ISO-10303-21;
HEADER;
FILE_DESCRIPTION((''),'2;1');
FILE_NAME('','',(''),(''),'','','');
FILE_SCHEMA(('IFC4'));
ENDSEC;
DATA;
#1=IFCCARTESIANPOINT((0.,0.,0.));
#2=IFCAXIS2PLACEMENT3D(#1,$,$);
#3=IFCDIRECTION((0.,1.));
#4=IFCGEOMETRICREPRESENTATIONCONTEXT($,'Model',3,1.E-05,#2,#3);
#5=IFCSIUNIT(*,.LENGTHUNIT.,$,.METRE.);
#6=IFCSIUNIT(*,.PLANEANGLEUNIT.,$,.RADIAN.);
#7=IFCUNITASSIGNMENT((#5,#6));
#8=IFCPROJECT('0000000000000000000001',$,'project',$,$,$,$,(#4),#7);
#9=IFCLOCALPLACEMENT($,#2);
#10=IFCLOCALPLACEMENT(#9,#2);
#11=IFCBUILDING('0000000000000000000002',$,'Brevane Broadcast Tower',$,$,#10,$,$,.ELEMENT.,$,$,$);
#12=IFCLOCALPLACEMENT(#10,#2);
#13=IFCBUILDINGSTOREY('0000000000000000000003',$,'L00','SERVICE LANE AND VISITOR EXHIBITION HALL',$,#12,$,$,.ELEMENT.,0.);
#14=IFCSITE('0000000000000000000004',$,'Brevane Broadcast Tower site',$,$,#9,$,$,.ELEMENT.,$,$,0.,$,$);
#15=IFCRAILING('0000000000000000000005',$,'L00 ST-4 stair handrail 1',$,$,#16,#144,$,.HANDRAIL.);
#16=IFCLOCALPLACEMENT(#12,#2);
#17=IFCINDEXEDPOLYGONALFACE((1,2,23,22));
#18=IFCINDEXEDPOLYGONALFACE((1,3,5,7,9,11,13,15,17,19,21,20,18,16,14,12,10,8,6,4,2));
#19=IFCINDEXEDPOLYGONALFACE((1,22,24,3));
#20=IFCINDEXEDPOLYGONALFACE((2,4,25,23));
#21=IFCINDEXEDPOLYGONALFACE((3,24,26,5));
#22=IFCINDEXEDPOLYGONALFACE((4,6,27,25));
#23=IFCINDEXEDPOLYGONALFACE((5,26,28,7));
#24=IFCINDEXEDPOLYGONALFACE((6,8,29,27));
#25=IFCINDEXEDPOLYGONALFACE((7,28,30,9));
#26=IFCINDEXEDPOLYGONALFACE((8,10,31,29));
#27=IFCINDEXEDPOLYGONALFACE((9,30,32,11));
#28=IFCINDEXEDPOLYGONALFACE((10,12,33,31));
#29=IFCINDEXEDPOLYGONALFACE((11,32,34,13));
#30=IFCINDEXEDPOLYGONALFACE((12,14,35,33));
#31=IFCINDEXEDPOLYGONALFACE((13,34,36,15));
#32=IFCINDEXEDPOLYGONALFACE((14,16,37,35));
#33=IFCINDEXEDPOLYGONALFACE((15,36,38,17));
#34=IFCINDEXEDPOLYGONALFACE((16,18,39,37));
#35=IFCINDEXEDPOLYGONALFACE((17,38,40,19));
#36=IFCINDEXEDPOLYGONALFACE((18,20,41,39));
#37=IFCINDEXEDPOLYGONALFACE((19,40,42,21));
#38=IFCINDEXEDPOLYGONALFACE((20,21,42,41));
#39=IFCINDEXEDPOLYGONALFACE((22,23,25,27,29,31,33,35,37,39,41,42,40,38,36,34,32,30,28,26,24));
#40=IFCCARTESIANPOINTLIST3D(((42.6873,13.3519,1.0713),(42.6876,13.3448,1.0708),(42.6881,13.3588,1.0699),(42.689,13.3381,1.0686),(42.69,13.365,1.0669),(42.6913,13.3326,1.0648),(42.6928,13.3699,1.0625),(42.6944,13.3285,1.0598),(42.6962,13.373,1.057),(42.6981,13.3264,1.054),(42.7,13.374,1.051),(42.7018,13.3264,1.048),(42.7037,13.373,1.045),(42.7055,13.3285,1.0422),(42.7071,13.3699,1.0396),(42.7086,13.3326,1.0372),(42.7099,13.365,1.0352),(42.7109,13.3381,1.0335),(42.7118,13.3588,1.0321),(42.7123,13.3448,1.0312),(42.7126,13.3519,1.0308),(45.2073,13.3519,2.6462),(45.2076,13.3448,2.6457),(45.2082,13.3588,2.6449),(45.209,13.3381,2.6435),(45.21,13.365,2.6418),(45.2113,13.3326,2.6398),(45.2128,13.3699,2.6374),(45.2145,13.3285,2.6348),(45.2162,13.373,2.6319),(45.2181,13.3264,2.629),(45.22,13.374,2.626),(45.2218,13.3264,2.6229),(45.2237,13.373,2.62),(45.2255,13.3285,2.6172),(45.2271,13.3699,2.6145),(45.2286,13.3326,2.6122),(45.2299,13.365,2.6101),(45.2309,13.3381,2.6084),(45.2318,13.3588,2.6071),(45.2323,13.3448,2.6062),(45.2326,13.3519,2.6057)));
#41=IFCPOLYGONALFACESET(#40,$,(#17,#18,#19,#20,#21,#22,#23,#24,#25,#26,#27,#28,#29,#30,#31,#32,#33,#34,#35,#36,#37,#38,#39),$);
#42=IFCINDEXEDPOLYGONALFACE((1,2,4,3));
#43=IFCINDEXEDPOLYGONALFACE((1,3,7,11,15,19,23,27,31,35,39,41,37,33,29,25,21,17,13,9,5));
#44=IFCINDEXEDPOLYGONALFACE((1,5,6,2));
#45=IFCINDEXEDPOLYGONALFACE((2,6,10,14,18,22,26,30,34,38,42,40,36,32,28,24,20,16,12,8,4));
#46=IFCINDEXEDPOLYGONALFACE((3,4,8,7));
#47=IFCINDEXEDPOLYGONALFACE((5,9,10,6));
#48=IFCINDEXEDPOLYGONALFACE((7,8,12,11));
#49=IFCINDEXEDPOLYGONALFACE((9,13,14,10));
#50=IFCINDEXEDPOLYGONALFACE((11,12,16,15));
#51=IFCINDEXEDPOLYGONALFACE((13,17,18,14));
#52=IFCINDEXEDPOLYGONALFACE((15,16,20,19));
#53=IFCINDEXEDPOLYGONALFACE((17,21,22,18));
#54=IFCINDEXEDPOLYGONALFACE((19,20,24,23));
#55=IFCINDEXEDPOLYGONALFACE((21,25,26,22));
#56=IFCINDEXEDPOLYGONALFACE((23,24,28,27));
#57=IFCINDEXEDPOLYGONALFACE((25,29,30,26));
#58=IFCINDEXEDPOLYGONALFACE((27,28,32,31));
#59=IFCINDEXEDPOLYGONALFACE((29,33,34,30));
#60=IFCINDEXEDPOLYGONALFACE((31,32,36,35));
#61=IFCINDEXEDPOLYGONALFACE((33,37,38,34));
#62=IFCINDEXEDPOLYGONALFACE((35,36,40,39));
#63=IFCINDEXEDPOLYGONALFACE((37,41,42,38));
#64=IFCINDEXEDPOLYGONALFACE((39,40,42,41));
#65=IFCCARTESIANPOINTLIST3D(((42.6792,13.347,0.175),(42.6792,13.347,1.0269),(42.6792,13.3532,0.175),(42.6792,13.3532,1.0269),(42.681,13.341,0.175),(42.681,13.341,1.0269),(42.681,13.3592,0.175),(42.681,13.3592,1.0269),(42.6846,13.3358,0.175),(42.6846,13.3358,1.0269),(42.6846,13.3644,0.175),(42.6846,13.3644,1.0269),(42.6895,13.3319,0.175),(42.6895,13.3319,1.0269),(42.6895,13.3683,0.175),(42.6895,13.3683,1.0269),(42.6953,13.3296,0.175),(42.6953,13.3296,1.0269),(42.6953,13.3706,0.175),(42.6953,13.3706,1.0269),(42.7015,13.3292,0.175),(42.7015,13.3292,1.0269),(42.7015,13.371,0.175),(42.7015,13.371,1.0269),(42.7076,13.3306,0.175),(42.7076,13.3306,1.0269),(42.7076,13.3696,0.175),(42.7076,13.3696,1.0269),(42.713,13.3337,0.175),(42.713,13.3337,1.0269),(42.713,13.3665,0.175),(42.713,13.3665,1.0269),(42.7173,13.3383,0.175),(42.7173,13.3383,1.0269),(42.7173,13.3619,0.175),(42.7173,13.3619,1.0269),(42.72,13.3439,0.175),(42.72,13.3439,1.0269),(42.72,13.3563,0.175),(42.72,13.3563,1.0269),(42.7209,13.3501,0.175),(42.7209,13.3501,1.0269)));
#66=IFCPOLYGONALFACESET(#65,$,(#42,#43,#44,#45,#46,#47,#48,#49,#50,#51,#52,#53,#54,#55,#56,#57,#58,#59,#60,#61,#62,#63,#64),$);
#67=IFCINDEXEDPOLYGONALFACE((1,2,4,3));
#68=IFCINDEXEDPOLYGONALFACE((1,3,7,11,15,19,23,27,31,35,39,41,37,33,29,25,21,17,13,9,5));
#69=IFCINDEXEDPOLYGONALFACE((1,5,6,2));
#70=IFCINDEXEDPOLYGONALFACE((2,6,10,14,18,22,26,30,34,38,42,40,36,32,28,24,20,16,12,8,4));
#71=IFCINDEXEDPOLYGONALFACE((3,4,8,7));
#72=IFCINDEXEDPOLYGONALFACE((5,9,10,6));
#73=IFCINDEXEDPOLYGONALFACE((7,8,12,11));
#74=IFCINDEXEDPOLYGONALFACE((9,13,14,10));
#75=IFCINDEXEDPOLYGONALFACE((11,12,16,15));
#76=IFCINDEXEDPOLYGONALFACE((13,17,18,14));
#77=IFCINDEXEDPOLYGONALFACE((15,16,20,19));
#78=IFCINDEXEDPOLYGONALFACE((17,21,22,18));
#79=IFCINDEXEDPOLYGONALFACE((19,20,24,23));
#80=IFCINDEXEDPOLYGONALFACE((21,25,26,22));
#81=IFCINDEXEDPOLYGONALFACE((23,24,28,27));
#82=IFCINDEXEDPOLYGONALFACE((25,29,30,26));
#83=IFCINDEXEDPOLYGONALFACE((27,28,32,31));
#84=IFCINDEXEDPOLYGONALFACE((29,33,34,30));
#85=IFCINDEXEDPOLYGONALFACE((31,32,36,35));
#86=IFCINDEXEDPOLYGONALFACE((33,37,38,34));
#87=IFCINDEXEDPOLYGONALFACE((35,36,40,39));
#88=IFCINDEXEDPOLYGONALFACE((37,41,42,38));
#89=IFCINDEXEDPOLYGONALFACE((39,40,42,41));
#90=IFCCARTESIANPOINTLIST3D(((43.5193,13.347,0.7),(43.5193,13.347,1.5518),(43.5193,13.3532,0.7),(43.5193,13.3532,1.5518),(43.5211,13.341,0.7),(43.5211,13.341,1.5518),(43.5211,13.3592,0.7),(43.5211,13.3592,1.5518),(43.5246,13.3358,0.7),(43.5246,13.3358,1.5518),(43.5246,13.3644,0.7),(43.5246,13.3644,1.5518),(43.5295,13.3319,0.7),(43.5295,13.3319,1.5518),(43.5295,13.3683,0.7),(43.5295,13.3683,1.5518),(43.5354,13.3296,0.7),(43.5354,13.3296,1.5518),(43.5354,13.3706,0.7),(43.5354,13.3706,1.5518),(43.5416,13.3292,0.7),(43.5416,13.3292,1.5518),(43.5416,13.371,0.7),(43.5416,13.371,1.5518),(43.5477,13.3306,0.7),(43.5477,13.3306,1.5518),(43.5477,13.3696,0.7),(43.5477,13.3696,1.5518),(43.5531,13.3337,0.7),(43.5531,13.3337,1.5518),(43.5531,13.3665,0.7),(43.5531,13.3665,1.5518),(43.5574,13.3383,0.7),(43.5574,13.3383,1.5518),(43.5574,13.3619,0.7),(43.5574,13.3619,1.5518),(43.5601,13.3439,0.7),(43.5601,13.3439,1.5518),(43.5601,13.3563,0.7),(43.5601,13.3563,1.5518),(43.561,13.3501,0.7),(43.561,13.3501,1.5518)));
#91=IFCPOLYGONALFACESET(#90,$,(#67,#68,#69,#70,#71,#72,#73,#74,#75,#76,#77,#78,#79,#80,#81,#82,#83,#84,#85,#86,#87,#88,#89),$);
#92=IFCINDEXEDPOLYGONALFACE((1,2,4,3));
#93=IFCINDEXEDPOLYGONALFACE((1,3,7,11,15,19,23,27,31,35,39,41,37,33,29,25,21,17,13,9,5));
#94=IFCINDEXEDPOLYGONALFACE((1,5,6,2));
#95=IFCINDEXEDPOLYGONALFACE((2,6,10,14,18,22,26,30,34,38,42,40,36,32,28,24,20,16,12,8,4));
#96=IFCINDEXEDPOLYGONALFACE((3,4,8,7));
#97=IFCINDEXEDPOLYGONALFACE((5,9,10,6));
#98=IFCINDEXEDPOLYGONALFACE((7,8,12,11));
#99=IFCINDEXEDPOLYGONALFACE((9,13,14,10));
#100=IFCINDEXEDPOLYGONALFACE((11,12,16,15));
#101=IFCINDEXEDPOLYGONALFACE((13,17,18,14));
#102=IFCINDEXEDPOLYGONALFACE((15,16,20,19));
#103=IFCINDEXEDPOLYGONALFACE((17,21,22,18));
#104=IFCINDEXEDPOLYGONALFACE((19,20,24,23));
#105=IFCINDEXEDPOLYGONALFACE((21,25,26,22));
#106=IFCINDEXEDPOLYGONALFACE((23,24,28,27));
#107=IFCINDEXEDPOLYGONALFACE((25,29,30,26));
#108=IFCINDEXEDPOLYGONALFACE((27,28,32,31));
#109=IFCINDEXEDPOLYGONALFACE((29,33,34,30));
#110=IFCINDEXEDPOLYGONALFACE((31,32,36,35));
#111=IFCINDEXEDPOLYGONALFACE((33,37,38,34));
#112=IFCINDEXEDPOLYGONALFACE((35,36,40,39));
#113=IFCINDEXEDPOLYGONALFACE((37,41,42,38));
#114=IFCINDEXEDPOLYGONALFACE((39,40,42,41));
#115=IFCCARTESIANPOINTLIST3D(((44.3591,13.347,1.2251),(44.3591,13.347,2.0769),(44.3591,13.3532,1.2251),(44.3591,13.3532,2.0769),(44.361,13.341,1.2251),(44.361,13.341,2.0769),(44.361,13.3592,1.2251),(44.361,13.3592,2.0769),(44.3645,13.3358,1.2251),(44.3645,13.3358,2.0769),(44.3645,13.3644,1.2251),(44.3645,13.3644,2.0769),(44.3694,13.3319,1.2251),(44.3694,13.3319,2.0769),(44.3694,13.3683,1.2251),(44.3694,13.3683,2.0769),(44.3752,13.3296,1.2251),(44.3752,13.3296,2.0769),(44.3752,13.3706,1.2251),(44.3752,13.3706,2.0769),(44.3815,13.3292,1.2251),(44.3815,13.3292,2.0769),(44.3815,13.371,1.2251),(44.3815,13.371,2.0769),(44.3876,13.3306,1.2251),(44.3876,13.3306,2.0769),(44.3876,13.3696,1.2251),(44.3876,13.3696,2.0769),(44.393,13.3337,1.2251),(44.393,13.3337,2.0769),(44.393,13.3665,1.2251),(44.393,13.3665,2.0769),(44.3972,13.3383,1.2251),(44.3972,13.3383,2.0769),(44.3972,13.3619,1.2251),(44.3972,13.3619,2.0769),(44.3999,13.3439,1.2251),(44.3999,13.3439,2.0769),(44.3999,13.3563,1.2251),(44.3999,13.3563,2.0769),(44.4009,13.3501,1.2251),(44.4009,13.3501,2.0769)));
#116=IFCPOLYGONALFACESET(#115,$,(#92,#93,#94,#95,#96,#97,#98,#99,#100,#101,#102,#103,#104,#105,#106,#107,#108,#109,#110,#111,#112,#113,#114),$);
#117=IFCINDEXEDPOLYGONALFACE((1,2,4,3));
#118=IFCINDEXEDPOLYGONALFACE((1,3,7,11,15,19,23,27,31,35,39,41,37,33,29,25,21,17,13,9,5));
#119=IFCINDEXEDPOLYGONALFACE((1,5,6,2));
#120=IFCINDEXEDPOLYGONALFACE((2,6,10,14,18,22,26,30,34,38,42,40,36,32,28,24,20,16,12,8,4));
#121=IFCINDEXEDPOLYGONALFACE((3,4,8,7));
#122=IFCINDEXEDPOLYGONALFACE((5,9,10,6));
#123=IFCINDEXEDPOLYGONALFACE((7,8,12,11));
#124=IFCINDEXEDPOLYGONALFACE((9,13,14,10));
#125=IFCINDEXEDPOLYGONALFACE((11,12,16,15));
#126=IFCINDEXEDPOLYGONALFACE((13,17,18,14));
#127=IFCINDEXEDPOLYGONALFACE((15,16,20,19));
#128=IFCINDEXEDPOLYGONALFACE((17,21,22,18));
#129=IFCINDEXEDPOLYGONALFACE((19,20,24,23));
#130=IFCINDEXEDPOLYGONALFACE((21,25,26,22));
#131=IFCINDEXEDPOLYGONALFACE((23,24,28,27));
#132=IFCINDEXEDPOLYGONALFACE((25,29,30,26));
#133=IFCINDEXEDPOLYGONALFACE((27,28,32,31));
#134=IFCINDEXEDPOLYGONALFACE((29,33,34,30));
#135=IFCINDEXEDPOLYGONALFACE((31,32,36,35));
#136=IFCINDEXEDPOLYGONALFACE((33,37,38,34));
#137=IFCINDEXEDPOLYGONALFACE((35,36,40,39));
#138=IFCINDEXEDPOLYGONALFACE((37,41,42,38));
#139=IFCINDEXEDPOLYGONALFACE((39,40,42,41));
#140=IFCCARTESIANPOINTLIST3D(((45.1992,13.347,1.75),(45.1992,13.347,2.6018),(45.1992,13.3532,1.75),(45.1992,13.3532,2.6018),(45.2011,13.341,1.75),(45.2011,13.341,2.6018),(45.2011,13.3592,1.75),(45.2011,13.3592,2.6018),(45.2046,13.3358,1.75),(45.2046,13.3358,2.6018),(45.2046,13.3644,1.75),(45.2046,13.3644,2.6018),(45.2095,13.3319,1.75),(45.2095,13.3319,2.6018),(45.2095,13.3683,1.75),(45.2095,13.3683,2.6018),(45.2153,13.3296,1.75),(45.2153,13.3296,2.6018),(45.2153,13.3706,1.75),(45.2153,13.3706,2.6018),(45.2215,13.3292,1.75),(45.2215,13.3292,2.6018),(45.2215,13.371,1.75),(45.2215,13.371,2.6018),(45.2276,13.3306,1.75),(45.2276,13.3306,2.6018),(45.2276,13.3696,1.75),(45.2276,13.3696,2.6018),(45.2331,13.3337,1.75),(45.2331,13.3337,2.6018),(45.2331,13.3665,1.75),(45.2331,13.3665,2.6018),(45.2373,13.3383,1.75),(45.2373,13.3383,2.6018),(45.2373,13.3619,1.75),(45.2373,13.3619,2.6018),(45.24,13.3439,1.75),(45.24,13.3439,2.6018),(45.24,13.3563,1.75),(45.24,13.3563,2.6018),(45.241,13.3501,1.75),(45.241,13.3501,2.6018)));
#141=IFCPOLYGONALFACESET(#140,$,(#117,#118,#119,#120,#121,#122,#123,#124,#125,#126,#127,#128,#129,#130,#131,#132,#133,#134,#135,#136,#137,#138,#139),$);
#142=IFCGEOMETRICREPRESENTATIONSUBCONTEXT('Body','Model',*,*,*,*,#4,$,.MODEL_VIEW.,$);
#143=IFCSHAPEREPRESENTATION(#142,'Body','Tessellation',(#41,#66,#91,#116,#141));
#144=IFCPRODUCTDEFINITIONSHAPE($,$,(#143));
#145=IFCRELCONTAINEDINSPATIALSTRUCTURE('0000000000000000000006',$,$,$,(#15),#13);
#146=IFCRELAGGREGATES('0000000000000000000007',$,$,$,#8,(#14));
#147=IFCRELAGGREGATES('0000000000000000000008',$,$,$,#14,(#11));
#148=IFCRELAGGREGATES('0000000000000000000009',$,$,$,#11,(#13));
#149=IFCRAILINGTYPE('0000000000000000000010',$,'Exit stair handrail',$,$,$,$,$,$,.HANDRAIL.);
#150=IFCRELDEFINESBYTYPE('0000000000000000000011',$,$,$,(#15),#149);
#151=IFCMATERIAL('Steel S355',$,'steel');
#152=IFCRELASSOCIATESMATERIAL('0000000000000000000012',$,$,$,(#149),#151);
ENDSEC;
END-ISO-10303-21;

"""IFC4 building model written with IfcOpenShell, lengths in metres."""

from ifc_helpers import new_model, si_unit, direction, frame, origin, origin_2d, place, context, subcontext, project, spatial, circle, extrude, material, type_object, element, save


model = new_model("IFC4")

# Units and contexts
model_context = context("Model", 3, precision=1e-05, world=origin(), true_north=direction((0.0, 1.0)))
body_context = subcontext(model_context, "Body", "Model", "MODEL_VIEW")
ifc_project = project(units=[si_unit("LENGTHUNIT", "METRE"), si_unit("PLANEANGLEUNIT", "RADIAN")], contexts=[model_context])

# Site, building, storey
site_placement = place(None, origin())
site = spatial("IfcSite", under=ifc_project, at=site_placement, Name="Brevane Broadcast Tower site", CompositionType="ELEMENT", RefElevation=0.0)
building_placement = place(site_placement, origin())
building = spatial("IfcBuilding", under=site, at=building_placement, Name="Brevane Broadcast Tower", CompositionType="ELEMENT")
storey_placement = place(building_placement, origin())
storey = spatial("IfcBuildingStorey", under=building, at=storey_placement, Name="L00", Description="SERVICE LANE AND VISITOR EXHIBITION HALL", CompositionType="ELEMENT", Elevation=0.0)

# Railing
ifc_material_1 = material(Name="Steel S355", Category="steel")
railing_type_1 = type_object("IfcRailingType", Name="Exit stair handrail", PredefinedType="HANDRAIL", material=ifc_material_1)
for number, where, name in (
    (1, (42.7, 13.3501, 0.175), "L00 ST-4 stair handrail 1"),
):
    element("IfcRailing", number, at=place(storey_placement, frame(where)), inside=storey, type_object=railing_type_1, Name=name, PredefinedType="HANDRAIL", context=body_context, shape_type="SweptSolid", body=[
        extrude(circle(Radius=0.0239, at=origin_2d()), frame((0.0, 0.0, 0.876), z_axis=(0.848008, 0.0, 0.529984), x_axis=(0.0, 1.0, 0.0)), (0.0, 0.0, 1.0), 2.9717),
        extrude(circle(Radius=0.021, at=origin_2d()), origin(), (0.0, 0.0, 1.0), 0.8518),
        extrude(circle(Radius=0.021, at=origin_2d()), frame((0.8401, 0.0, 0.5249)), (0.0, 0.0, 1.0), 0.8518),
        extrude(circle(Radius=0.021, at=origin_2d()), frame((1.6799, 0.0, 1.05)), (0.0, 0.0, 1.0), 0.8518),
        extrude(circle(Radius=0.021, at=origin_2d()), frame((2.52, 0.0, 1.575)), (0.0, 0.0, 1.0), 0.8518),
    ])

save(model, "model.ifc")
